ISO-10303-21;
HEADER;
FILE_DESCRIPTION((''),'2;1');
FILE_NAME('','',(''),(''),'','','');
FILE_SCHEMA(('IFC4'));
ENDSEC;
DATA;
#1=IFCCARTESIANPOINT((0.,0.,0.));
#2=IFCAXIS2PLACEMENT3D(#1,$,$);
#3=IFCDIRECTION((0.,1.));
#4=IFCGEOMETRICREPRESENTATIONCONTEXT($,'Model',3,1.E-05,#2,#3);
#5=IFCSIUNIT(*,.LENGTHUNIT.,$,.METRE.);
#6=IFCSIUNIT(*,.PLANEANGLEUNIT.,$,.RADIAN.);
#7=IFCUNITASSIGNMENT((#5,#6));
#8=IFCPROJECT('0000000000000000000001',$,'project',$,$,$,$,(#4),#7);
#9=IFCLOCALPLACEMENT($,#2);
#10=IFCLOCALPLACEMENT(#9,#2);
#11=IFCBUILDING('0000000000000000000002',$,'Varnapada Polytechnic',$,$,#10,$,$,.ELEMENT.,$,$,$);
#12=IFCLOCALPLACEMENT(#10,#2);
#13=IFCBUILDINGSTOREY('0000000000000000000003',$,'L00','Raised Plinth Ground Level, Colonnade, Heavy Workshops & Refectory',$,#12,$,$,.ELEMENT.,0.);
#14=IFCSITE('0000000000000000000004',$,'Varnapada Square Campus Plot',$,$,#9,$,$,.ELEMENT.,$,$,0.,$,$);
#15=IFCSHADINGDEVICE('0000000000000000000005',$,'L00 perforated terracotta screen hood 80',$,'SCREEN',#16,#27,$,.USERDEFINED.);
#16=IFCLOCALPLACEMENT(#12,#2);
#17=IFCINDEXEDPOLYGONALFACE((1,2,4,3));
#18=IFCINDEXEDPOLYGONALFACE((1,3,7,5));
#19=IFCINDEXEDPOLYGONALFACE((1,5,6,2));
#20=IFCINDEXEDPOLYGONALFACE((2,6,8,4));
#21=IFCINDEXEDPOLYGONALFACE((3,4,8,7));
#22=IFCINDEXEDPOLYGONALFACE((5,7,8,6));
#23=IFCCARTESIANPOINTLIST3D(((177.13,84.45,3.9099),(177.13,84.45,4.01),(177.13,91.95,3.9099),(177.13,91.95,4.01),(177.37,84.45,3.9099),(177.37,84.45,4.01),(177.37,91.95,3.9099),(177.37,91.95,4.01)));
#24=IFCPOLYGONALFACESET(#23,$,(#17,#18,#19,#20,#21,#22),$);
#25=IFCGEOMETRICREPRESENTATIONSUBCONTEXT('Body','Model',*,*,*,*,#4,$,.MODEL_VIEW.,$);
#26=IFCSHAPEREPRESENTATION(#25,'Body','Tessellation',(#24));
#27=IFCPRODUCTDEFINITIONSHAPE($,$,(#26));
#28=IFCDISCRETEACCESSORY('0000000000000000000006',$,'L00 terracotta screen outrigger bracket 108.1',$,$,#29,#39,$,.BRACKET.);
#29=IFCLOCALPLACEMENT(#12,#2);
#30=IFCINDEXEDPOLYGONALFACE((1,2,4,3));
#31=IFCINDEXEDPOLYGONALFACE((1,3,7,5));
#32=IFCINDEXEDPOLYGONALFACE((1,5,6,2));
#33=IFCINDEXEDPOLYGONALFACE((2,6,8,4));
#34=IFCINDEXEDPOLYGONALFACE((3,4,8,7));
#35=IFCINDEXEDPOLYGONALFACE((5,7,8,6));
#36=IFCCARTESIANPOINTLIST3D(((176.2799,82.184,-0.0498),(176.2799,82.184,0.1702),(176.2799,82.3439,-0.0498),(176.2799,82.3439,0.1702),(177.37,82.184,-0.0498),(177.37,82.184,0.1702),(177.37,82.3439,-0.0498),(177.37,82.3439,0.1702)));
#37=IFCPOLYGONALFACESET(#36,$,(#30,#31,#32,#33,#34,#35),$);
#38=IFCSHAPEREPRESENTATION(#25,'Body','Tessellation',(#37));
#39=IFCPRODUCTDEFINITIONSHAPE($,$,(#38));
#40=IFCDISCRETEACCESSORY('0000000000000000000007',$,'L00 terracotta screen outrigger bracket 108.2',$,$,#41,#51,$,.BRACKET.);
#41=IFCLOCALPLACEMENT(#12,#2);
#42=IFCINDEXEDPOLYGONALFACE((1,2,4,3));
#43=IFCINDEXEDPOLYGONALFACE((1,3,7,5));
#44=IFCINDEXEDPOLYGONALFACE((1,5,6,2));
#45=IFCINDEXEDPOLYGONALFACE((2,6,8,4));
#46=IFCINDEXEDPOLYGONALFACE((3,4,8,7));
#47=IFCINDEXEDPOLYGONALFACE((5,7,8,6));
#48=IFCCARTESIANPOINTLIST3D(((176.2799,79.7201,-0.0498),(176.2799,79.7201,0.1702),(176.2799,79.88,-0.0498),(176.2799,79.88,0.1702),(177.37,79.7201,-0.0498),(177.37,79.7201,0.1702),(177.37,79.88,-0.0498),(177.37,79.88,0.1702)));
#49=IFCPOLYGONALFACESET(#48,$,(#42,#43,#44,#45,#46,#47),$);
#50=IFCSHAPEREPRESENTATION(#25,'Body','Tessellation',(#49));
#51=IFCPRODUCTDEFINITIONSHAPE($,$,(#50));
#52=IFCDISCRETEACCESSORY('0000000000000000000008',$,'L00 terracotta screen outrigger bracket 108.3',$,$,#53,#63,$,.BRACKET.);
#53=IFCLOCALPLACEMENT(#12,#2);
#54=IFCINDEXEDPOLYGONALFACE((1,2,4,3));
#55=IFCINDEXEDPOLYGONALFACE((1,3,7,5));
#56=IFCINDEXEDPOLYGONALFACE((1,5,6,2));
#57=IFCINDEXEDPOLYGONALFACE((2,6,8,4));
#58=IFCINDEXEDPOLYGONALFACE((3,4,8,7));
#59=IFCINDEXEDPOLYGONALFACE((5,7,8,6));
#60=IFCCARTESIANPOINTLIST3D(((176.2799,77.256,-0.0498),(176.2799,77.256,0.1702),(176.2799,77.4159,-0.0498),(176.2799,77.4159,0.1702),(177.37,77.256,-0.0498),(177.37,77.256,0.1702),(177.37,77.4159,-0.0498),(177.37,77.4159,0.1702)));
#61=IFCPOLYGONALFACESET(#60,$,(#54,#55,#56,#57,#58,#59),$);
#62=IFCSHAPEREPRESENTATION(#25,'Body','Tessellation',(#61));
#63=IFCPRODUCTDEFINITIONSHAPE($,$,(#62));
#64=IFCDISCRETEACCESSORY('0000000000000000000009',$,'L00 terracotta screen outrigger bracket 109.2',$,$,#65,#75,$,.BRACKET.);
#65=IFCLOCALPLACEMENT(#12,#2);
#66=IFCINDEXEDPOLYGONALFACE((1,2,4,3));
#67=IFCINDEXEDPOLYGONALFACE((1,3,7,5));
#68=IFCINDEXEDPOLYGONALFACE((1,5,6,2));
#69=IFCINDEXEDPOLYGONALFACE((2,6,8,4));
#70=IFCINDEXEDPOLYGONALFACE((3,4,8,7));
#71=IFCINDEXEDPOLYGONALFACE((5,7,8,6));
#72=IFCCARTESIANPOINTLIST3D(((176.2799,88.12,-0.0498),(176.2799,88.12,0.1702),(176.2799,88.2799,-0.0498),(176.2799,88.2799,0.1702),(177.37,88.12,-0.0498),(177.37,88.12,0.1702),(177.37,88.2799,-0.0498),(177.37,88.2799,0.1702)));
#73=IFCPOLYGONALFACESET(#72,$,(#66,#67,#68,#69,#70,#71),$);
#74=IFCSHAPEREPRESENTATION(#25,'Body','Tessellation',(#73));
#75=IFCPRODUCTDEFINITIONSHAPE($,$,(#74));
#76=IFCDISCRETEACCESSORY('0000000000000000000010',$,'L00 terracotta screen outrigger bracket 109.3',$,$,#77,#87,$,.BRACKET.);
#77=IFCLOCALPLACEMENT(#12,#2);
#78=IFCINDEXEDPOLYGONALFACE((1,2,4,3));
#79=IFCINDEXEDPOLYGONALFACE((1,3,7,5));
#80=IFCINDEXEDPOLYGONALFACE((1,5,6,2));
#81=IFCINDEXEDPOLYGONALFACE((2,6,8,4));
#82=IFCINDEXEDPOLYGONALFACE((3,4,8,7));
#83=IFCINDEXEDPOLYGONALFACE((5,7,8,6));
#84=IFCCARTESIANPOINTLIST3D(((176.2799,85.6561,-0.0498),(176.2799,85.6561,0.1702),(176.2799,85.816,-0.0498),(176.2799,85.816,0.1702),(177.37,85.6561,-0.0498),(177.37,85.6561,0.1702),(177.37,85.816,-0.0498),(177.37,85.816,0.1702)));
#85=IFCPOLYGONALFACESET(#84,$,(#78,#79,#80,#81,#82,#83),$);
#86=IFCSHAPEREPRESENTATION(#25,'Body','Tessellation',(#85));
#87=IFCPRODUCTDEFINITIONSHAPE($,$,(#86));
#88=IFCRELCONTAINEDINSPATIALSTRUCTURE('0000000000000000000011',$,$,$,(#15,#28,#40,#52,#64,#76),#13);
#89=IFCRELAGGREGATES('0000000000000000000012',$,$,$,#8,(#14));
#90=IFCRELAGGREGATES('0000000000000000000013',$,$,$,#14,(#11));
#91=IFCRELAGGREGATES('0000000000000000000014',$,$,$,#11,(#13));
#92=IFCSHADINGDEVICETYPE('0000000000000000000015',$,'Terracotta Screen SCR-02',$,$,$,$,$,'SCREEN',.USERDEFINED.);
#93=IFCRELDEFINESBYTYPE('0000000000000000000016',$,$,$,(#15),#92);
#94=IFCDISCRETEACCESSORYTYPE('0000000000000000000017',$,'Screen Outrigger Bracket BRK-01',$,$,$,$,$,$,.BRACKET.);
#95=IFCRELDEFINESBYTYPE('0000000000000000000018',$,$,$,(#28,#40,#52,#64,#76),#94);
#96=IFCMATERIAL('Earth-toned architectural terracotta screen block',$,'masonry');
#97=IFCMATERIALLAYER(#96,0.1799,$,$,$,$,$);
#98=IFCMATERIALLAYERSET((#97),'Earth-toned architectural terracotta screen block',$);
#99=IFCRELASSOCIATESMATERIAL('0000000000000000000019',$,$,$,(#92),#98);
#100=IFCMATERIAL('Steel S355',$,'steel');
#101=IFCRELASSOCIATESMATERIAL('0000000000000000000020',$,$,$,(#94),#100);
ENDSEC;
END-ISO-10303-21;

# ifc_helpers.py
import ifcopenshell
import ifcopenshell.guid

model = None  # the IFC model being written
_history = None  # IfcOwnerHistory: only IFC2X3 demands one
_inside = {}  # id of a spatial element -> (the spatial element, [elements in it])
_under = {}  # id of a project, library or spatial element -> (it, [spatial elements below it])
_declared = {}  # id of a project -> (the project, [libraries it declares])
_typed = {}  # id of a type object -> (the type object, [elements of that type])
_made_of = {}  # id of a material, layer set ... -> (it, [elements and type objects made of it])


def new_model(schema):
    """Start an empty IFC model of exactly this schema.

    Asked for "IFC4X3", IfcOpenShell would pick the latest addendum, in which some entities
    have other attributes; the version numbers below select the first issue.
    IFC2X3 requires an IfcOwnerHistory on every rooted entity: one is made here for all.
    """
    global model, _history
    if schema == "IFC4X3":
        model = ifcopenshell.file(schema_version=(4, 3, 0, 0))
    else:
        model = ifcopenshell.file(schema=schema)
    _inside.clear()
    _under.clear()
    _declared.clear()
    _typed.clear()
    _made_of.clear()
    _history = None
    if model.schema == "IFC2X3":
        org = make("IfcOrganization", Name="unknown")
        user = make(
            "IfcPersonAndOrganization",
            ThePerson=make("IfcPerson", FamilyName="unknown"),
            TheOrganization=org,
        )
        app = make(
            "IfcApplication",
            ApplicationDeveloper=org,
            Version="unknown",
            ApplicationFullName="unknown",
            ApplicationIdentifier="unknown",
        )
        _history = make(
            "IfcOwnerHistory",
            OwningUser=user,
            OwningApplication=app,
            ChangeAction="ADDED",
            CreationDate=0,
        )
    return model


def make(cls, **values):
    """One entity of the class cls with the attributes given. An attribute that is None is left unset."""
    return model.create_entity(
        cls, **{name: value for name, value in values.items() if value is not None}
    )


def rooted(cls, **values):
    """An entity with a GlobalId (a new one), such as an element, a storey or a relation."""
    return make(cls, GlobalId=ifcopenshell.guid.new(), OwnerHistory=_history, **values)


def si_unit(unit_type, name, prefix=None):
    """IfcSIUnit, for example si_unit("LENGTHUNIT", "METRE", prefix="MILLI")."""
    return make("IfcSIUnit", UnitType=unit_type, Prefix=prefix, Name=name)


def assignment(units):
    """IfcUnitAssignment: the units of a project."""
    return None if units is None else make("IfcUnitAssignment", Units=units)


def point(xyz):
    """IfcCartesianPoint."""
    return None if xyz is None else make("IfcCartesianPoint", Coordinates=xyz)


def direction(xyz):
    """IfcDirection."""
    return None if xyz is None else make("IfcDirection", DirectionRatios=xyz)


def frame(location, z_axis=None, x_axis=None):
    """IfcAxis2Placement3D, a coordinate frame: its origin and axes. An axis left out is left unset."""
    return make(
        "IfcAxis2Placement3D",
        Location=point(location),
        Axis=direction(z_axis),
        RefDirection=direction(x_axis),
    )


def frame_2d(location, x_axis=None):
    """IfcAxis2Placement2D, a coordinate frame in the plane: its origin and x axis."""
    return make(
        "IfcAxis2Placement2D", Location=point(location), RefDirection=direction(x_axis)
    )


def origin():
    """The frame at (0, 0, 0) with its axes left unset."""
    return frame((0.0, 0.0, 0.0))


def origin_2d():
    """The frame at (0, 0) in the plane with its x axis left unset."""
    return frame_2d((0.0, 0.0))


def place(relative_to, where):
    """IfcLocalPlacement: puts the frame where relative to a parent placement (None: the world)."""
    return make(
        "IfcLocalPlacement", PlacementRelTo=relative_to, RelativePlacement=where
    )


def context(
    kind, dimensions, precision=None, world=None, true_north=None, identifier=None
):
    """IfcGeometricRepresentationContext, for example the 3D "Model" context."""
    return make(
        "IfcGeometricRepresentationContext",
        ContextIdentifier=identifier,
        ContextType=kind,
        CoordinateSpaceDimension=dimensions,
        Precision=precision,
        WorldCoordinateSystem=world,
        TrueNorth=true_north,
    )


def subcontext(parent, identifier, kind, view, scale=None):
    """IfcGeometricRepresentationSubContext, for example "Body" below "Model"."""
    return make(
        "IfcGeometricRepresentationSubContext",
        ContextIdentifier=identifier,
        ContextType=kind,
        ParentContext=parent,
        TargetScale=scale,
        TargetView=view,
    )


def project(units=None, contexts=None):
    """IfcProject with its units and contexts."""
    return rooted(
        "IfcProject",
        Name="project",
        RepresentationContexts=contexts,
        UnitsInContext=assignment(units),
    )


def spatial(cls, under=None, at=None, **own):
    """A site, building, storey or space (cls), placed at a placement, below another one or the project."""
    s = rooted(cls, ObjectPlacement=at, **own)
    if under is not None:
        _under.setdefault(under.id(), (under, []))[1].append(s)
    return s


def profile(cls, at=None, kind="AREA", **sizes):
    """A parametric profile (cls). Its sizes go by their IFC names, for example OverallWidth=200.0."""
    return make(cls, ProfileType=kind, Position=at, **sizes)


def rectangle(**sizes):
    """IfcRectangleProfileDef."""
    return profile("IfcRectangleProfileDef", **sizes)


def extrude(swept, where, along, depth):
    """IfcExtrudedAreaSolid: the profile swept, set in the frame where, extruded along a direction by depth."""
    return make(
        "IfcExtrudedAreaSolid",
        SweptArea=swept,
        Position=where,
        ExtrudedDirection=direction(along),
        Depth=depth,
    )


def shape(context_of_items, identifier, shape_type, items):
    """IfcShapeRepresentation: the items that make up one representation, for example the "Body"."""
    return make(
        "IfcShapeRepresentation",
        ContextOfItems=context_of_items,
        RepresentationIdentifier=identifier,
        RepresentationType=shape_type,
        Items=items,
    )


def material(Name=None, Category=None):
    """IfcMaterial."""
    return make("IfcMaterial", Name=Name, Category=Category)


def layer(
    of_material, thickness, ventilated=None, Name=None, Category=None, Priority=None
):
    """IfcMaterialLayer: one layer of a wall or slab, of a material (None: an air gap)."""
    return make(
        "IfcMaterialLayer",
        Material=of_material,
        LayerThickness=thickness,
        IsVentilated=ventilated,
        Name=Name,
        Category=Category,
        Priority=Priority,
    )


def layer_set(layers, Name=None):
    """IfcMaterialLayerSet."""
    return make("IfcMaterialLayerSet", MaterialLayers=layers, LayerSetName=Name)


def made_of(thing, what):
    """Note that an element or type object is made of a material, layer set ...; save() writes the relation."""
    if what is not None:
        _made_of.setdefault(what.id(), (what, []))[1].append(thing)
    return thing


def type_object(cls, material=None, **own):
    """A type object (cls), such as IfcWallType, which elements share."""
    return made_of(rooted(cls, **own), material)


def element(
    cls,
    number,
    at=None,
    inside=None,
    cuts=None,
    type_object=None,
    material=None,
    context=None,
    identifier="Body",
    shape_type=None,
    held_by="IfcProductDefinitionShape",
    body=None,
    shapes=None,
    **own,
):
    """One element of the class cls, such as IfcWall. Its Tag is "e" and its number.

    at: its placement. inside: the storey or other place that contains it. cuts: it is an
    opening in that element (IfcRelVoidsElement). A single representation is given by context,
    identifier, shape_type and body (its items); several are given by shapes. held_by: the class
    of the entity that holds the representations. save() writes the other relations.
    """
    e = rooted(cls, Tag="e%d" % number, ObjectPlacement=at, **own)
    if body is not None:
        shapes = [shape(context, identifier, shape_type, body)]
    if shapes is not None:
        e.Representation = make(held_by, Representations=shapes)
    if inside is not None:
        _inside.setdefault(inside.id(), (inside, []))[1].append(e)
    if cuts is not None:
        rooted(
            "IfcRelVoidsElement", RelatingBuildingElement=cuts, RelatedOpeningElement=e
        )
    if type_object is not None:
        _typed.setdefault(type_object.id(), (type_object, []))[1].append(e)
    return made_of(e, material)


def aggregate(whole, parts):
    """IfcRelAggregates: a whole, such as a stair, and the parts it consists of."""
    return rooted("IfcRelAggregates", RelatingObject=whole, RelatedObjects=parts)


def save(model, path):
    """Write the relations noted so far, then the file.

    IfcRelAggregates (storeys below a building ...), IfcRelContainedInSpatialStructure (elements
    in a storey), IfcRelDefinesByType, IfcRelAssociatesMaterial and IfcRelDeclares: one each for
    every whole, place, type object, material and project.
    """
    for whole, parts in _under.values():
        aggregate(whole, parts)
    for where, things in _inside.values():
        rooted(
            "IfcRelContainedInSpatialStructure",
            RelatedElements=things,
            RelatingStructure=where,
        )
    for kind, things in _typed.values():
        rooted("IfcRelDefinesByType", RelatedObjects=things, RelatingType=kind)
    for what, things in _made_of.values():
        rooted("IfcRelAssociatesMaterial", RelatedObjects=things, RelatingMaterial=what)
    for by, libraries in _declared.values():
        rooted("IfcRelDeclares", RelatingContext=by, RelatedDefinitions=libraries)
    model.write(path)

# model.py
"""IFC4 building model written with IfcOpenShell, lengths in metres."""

from ifc_helpers import new_model, si_unit, direction, frame, origin, origin_2d, place, context, subcontext, project, spatial, rectangle, extrude, material, layer, layer_set, type_object, element, save


model = new_model("IFC4")

# Units and contexts
model_context = context("Model", 3, precision=1e-05, world=origin(), true_north=direction((0.0, 1.0)))
body_context = subcontext(model_context, "Body", "Model", "MODEL_VIEW")
ifc_project = project(units=[si_unit("LENGTHUNIT", "METRE"), si_unit("PLANEANGLEUNIT", "RADIAN")], contexts=[model_context])

# Site, building, storey
site_placement = place(None, origin())
site = spatial("IfcSite", under=ifc_project, at=site_placement, Name="Varnapada Square Campus Plot", CompositionType="ELEMENT", RefElevation=0.0)
building_placement = place(site_placement, origin())
building = spatial("IfcBuilding", under=site, at=building_placement, Name="Varnapada Polytechnic", CompositionType="ELEMENT")
storey_placement = place(building_placement, origin())
storey = spatial("IfcBuildingStorey", under=building, at=storey_placement, Name="L00", Description="Raised Plinth Ground Level, Colonnade, Heavy Workshops & Refectory", CompositionType="ELEMENT", Elevation=0.0)

# Shared definitions
ifc_material_1 = material(Name="Earth-toned architectural terracotta screen block", Category="masonry")

# Shading device
ifc_layer_1 = layer(ifc_material_1, 0.1799)
ifc_layer_set_1 = layer_set([ifc_layer_1], Name="Earth-toned architectural terracotta screen block")
shading_device_type = type_object("IfcShadingDeviceType", Name="Terracotta Screen SCR-02", ElementType="SCREEN", PredefinedType="USERDEFINED", material=ifc_layer_set_1)
for number, where, z_axis, x_axis, name in (
    (1, (177.25, 88.2, 3.9099), (0.0, 0.0, 1.0), (0.0, -1.0, 0.0), "L00 perforated terracotta screen hood 80"),
):
    element("IfcShadingDevice", number, at=place(storey_placement, frame(where, z_axis=z_axis, x_axis=x_axis)), inside=storey, type_object=shading_device_type, Name=name, ObjectType="SCREEN", PredefinedType="USERDEFINED", context=body_context, shape_type="SweptSolid", body=[
        extrude(rectangle(XDim=7.5, YDim=0.24, at=origin_2d()), origin(), (0.0, 0.0, 1.0), 0.1001),
    ])

# Discrete accessories
ifc_material_2 = material(Name="Steel S355", Category="steel")
discrete_accessory_type = type_object("IfcDiscreteAccessoryType", Name="Screen Outrigger Bracket BRK-01", PredefinedType="BRACKET", material=ifc_material_2)
for number, where, z_axis, x_axis, name in (
    (2, (176.825, 82.2639, -0.0498), (0.0, 0.0, 1.0), (0.0, -1.0, 0.0), "L00 terracotta screen outrigger bracket 108.1"),
    (3, (176.825, 79.8, -0.0498), (0.0, 0.0, 1.0), (0.0, -1.0, 0.0), "L00 terracotta screen outrigger bracket 108.2"),
    (4, (176.825, 77.3359, -0.0498), (0.0, 0.0, 1.0), (0.0, -1.0, 0.0), "L00 terracotta screen outrigger bracket 108.3"),
    (5, (176.825, 88.2, -0.0498), (0.0, 0.0, 1.0), (0.0, -1.0, 0.0), "L00 terracotta screen outrigger bracket 109.2"),
    (6, (176.825, 85.7361, -0.0498), (0.0, 0.0, 1.0), (0.0, -1.0, 0.0), "L00 terracotta screen outrigger bracket 109.3"),
):
    element("IfcDiscreteAccessory", number, at=place(storey_placement, frame(where, z_axis=z_axis, x_axis=x_axis)), inside=storey, type_object=discrete_accessory_type, Name=name, PredefinedType="BRACKET", context=body_context, shape_type="SweptSolid", body=[
        extrude(rectangle(XDim=0.1599, YDim=1.0901, at=origin_2d()), origin(), (0.0, 0.0, 1.0), 0.22),
    ])

save(model, "model.ifc")
